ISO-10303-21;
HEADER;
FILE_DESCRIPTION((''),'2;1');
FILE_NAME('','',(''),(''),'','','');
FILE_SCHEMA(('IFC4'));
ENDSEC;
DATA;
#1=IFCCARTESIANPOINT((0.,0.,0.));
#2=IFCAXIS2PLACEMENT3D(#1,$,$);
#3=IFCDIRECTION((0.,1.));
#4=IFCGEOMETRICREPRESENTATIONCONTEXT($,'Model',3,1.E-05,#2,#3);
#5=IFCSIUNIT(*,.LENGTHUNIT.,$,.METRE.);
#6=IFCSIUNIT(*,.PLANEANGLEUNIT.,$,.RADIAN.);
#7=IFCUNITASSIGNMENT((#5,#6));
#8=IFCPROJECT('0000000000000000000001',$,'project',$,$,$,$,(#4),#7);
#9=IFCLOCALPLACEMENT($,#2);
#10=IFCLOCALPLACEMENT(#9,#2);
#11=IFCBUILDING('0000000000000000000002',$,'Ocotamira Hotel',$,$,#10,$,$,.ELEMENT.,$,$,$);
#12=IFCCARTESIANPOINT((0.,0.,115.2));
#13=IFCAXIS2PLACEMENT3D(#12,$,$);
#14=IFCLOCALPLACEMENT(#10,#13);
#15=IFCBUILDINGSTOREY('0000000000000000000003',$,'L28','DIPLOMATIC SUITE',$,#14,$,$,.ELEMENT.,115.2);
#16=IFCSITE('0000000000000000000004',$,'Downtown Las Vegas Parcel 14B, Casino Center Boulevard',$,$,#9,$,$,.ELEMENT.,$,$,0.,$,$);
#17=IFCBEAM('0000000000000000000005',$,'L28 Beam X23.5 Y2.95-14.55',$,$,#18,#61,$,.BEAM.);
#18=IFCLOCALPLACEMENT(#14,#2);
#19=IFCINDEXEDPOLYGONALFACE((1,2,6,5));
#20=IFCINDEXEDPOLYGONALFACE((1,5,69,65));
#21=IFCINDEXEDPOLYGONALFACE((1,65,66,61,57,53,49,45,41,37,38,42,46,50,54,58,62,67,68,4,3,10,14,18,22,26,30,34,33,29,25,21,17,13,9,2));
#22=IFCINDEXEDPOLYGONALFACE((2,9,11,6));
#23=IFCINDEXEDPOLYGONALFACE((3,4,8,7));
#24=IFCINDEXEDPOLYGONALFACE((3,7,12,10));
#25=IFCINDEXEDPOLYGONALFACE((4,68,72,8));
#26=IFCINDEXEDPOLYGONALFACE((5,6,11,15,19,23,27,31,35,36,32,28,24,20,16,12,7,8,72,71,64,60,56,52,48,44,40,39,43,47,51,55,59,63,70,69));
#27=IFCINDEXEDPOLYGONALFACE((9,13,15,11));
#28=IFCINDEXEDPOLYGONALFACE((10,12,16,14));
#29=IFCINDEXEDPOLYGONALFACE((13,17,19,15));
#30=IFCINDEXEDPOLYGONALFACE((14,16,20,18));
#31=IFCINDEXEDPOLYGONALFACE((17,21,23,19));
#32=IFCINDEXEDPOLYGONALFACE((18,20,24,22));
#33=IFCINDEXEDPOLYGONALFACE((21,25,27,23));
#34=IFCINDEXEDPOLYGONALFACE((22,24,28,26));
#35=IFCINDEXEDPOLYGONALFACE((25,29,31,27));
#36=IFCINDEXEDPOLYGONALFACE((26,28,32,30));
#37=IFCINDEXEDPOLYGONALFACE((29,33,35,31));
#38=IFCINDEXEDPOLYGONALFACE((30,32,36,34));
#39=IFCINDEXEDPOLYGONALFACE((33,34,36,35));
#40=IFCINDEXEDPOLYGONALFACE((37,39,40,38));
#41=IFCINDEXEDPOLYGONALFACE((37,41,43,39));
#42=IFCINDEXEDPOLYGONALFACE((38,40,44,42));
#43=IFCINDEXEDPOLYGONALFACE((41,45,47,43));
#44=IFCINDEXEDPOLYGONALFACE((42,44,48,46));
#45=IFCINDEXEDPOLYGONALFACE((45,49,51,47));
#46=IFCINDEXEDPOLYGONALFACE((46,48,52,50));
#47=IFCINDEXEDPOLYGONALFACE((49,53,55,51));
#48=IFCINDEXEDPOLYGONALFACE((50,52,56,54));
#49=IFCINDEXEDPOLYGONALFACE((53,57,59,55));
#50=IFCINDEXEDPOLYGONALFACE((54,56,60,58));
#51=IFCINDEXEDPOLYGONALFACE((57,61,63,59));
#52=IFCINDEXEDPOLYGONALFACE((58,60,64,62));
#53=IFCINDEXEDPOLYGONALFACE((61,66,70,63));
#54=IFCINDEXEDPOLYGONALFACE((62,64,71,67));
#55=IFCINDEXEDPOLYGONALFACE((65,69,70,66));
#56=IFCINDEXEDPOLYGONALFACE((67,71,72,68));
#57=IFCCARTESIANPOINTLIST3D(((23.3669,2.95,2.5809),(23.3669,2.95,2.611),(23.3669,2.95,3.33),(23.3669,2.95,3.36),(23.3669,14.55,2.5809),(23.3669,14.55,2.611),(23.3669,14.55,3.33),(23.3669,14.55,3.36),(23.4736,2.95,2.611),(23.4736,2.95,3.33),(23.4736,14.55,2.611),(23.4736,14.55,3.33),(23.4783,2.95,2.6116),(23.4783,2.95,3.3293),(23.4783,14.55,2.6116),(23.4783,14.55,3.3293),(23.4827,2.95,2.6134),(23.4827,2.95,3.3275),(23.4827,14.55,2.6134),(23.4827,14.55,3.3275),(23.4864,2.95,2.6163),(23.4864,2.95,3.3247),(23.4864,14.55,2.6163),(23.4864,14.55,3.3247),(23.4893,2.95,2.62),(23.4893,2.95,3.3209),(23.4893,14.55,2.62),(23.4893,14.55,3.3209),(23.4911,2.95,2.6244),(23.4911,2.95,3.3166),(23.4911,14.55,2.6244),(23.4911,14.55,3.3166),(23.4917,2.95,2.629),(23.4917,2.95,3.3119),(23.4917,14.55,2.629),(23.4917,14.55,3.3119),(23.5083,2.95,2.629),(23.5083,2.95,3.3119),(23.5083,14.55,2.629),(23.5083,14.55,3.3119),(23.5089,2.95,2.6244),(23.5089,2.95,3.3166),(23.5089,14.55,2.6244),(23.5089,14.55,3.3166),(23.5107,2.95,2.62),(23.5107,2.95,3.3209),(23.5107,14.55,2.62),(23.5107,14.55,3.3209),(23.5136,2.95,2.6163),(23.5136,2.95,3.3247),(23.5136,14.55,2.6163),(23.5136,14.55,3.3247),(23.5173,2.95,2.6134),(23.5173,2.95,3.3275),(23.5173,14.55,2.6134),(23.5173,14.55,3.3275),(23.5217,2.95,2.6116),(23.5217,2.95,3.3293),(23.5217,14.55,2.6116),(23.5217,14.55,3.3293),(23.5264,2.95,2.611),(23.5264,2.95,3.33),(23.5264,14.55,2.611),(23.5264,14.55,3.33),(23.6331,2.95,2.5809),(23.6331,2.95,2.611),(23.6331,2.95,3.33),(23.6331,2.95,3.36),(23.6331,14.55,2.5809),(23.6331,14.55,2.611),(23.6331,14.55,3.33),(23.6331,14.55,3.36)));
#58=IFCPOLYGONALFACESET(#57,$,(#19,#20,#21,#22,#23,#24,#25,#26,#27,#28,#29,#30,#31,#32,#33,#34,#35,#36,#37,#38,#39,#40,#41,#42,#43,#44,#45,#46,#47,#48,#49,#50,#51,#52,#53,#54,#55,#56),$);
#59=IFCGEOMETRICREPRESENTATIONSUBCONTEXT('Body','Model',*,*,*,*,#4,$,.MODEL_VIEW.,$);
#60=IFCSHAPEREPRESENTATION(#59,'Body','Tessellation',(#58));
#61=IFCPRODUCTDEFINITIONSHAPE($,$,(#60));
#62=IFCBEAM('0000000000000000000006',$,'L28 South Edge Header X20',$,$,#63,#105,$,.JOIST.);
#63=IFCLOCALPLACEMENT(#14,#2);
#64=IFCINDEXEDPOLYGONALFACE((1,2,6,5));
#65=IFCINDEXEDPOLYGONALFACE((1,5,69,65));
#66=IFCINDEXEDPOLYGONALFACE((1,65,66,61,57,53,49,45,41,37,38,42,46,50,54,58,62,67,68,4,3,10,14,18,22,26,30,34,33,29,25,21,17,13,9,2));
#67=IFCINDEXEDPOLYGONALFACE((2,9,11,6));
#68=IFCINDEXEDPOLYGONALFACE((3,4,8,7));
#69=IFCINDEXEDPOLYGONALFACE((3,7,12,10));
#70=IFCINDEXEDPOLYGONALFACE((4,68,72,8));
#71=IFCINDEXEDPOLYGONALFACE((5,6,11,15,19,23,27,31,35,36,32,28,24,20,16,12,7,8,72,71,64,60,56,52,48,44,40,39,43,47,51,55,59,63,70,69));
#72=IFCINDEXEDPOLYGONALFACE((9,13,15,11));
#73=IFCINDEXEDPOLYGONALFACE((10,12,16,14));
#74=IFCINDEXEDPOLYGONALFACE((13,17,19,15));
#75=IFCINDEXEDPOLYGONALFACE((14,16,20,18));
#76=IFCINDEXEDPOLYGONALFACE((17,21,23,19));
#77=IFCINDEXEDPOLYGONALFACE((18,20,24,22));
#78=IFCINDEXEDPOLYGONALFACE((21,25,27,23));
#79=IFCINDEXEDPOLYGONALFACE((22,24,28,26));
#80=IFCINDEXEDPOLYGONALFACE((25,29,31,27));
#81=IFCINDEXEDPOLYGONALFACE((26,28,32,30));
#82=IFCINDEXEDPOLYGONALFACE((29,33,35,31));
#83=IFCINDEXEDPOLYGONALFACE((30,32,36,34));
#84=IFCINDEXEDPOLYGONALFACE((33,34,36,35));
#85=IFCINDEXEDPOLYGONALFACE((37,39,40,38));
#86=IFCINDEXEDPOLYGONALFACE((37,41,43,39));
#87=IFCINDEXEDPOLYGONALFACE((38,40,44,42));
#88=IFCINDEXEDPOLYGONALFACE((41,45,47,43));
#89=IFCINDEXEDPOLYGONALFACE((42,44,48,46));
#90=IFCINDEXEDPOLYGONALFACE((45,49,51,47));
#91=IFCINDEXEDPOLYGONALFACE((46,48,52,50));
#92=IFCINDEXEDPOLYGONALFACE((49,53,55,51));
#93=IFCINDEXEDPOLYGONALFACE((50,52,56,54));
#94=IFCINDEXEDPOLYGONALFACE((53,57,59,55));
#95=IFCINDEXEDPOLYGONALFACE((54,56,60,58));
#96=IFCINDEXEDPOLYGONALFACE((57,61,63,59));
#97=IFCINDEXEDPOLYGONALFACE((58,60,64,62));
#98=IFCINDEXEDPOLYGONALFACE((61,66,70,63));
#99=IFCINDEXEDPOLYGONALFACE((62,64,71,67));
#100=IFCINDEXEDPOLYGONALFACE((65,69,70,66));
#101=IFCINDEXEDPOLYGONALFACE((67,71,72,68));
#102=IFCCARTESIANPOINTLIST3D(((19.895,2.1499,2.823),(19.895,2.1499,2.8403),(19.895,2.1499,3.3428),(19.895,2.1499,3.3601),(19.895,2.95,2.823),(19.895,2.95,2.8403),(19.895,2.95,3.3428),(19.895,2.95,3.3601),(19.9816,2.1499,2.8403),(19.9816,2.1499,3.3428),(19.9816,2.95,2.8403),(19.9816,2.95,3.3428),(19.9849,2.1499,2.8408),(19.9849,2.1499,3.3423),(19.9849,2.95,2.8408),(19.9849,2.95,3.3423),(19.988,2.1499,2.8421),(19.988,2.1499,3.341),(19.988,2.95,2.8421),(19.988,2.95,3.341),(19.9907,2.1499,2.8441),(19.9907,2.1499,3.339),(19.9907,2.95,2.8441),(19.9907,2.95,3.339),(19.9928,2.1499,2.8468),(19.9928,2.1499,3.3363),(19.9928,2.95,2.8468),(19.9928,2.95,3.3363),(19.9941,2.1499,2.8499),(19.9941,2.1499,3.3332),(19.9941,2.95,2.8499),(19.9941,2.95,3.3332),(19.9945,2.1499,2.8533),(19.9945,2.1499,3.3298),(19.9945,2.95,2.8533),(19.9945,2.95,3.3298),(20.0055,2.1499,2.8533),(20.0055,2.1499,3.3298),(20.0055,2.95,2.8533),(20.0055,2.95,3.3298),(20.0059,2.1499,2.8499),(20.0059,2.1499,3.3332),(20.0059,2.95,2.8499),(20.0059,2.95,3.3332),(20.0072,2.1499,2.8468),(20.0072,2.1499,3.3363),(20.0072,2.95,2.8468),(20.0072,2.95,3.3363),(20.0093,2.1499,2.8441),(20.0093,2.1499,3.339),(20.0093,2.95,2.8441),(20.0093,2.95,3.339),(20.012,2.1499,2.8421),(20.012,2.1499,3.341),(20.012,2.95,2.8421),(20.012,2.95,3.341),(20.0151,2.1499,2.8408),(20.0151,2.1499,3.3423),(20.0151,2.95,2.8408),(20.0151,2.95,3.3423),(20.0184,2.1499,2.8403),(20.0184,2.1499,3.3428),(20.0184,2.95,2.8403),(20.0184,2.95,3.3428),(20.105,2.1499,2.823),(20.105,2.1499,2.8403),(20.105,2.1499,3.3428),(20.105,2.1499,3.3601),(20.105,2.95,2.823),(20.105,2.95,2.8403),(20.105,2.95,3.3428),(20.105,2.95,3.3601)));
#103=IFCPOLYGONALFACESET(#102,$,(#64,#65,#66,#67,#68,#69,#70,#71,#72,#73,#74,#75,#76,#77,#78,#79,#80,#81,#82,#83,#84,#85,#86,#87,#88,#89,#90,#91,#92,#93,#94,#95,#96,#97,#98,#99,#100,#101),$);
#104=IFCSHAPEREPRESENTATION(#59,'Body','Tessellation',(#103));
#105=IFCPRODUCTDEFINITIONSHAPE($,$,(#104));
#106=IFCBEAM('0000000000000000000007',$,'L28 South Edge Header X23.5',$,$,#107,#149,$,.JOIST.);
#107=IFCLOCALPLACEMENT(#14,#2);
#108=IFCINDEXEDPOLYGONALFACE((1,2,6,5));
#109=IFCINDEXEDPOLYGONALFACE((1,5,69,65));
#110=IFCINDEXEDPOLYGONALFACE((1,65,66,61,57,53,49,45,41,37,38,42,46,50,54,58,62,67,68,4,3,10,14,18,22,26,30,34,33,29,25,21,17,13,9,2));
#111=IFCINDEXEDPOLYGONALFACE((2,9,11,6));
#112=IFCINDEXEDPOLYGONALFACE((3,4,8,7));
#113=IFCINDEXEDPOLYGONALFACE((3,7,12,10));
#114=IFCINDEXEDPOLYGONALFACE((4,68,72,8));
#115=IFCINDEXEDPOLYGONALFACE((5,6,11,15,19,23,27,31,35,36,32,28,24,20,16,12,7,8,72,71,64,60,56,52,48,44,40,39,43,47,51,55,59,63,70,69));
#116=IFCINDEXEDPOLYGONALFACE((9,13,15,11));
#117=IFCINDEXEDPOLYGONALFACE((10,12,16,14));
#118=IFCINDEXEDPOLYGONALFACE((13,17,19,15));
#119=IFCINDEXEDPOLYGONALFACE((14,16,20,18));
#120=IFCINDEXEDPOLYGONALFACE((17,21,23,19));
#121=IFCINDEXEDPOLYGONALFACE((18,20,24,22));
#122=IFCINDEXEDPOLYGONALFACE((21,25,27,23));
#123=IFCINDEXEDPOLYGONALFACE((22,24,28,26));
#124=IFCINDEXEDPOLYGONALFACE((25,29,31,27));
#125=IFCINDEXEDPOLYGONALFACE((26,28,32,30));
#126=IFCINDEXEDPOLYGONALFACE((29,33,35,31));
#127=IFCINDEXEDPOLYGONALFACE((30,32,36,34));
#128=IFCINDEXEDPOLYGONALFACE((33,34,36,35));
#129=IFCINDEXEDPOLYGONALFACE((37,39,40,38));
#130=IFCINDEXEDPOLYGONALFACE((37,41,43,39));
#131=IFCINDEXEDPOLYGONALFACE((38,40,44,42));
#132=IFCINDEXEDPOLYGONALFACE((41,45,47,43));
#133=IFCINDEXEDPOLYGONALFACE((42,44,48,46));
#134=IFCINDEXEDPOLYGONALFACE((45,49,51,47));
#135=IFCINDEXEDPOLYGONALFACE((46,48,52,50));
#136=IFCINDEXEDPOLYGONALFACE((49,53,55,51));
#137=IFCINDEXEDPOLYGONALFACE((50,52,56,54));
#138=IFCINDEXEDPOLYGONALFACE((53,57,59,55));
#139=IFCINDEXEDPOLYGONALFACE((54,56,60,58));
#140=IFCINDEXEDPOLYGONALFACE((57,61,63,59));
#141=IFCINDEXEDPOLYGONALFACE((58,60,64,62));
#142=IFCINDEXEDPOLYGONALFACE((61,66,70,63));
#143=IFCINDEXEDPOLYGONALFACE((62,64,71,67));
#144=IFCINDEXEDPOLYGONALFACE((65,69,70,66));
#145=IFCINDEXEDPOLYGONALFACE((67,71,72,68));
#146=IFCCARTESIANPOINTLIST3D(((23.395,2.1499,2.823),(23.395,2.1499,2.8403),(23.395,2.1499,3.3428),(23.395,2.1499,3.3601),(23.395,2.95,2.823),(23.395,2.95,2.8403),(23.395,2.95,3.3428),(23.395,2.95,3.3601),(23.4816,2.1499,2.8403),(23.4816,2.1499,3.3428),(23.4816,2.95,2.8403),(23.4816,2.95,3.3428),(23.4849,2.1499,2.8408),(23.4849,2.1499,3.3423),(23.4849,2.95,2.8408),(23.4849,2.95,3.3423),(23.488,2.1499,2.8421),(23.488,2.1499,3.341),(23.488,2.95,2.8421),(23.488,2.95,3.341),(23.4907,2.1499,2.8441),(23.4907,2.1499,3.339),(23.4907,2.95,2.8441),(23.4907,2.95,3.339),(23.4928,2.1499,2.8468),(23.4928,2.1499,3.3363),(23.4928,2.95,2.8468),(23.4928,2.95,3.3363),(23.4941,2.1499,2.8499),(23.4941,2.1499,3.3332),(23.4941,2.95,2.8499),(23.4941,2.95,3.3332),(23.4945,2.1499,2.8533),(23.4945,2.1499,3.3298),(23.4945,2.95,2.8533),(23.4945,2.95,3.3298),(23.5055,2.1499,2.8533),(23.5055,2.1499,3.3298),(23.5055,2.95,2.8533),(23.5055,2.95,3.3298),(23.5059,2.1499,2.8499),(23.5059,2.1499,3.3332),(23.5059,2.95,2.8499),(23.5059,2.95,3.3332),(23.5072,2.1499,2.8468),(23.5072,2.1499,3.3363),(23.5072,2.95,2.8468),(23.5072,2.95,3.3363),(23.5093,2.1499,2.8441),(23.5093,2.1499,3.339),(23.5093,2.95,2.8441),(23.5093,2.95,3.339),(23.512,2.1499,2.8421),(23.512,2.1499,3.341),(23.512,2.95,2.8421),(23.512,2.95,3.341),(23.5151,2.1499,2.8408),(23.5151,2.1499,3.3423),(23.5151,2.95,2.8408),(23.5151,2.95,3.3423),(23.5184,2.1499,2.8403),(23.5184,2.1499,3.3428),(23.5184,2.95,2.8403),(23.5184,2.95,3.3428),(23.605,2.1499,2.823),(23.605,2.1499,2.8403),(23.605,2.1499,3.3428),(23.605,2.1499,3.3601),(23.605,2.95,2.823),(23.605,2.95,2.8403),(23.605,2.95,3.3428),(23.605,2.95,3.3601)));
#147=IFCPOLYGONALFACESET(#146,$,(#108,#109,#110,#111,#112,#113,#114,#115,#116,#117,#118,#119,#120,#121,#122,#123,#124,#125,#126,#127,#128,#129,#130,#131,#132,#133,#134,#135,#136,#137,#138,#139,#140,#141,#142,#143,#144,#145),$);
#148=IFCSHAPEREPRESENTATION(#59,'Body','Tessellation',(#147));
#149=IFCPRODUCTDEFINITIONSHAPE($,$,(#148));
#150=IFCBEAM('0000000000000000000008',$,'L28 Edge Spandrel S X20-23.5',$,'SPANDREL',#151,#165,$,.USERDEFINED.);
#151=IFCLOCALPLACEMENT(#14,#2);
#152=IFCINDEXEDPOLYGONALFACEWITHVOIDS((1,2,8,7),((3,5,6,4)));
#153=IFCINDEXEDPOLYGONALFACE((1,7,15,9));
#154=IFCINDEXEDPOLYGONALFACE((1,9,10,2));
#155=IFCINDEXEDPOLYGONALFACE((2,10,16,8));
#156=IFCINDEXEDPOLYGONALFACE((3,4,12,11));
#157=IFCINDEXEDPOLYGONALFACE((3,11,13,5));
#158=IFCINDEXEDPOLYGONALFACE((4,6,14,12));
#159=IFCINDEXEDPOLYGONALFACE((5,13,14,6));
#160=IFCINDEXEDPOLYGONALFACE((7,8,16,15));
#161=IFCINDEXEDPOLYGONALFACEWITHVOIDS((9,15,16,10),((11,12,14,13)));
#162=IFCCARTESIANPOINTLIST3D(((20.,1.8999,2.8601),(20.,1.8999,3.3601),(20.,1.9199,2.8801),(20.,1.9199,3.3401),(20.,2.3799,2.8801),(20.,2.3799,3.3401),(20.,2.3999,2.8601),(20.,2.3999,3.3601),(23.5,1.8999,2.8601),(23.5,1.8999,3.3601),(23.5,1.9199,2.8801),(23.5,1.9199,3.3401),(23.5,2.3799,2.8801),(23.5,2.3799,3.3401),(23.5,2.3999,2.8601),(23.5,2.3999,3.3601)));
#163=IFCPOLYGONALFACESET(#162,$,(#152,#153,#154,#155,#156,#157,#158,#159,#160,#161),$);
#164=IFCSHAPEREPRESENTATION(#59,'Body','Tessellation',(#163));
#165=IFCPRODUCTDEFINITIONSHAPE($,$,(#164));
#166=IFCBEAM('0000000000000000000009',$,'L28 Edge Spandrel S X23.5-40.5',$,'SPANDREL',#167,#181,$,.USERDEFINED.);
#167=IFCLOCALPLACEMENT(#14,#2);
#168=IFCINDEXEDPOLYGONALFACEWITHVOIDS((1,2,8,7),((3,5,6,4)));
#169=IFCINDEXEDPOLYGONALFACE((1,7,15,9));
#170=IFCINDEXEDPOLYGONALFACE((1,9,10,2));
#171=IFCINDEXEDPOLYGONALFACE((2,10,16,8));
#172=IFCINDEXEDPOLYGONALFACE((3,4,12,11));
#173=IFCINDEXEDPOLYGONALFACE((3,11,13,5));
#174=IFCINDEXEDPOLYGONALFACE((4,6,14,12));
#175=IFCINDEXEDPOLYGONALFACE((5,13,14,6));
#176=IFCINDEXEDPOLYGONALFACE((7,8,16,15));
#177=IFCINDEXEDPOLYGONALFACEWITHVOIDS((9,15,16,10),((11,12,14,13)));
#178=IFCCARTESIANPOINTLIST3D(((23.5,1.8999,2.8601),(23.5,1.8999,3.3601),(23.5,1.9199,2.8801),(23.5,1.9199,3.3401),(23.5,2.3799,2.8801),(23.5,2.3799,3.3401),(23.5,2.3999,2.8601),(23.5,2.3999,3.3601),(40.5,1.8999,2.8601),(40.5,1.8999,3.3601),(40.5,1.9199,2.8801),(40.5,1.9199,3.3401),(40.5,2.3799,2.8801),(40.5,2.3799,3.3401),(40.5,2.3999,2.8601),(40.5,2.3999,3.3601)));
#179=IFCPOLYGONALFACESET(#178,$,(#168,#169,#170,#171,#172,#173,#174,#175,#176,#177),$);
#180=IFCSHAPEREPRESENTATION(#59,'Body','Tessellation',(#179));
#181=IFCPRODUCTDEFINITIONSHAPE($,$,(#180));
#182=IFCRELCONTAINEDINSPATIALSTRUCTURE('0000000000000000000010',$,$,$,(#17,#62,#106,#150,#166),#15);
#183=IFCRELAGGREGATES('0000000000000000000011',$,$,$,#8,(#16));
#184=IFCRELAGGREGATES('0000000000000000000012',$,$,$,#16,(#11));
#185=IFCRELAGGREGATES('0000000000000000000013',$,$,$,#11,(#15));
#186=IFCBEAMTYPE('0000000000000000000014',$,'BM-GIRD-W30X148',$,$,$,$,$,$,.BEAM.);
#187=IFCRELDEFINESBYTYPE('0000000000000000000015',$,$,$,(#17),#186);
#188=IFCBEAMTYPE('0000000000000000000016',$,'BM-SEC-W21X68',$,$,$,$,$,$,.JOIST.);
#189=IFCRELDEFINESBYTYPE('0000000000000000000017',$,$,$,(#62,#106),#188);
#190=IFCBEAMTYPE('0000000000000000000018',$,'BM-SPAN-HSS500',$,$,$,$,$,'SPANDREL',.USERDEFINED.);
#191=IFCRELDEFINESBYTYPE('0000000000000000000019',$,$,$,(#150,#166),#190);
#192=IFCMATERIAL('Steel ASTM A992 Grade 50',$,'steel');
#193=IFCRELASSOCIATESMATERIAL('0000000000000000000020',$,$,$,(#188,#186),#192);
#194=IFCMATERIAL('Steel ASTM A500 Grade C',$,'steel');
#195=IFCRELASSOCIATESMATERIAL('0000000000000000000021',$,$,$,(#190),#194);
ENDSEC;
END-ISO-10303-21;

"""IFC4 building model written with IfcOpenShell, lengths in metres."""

from ifc_helpers import new_model, si_unit, direction, frame, origin, origin_2d, place, context, subcontext, project, spatial, hollow_rectangle, i_section, extrude, source, transform, mapped, material, material_profile, profile_set, type_object, element, save


model = new_model("IFC4")

# Units and contexts
model_context = context("Model", 3, precision=1e-05, world=origin(), true_north=direction((0.0, 1.0)))
body_context = subcontext(model_context, "Body", "Model", "MODEL_VIEW")
ifc_project = project(units=[si_unit("LENGTHUNIT", "METRE"), si_unit("PLANEANGLEUNIT", "RADIAN")], contexts=[model_context])

# Site, building, storey
site_placement = place(None, origin())
site = spatial("IfcSite", under=ifc_project, at=site_placement, Name="Downtown Las Vegas Parcel 14B, Casino Center Boulevard", CompositionType="ELEMENT", RefElevation=0.0)
building_placement = place(site_placement, origin())
building = spatial("IfcBuilding", under=site, at=building_placement, Name="Ocotamira Hotel", CompositionType="ELEMENT")
storey_placement = place(building_placement, frame((0.0, 0.0, 115.2)))
storey = spatial("IfcBuildingStorey", under=building, at=storey_placement, Name="L28", Description="DIPLOMATIC SUITE", CompositionType="ELEMENT", Elevation=115.2)

# Beams
ifc_material_1 = material(Name="Steel ASTM A992 Grade 50", Category="steel")
ifc_material_profile_1 = material_profile(ifc_material_1, i_section(OverallWidth=0.21, OverallDepth=0.5371, WebThickness=0.011, FlangeThickness=0.0173, FilletRadius=0.0129, at=origin_2d()), Name="W21X68")
ifc_profile_set_1 = profile_set([ifc_material_profile_1], Name="Steel ASTM A992 Grade 50")
beam_type_1 = type_object("IfcBeamType", Name="BM-SEC-W21X68", PredefinedType="JOIST", material=ifc_profile_set_1)
ifc_material_profile_2 = material_profile(ifc_material_1, i_section(OverallWidth=0.2661, OverallDepth=0.7791, WebThickness=0.0166, FlangeThickness=0.03, FilletRadius=0.0181, at=origin_2d()), Name="W30X148")
ifc_profile_set_2 = profile_set([ifc_material_profile_2], Name="Steel ASTM A992 Grade 50")
beam_type_2 = type_object("IfcBeamType", Name="BM-GIRD-W30X148", PredefinedType="BEAM", material=ifc_profile_set_2)
shared_shape_1 = source(origin(), body_context, "Body", "SweptSolid", [
    extrude(i_section(OverallWidth=0.2661, OverallDepth=0.7791, WebThickness=0.0166, FlangeThickness=0.03, FilletRadius=0.0181, at=origin_2d()), origin(), (0.0, 0.0, 1.0), 11.6001),
])
beam_1_placement = place(storey_placement, frame((23.5, 2.95, 2.9705), z_axis=(0.0, 1.0, 0.0), x_axis=(-1.0, 0.0, 0.0)))
element("IfcBeam", 1, at=beam_1_placement, inside=storey, type_object=beam_type_2, Name="L28 Beam X23.5 Y2.95-14.55", PredefinedType="BEAM", context=body_context, shape_type="MappedRepresentation", body=[
    mapped(shared_shape_1, transform((0.0, 0.0, 0.0), scale=1.0)),
])
shared_shape_2 = source(origin(), body_context, "Body", "SweptSolid", [
    extrude(i_section(OverallWidth=0.21, OverallDepth=0.5371, WebThickness=0.011, FlangeThickness=0.0173, FilletRadius=0.0129, at=origin_2d()), origin(), (0.0, 0.0, 1.0), 0.8),
])
for number, where, z_axis, x_axis, name in (
    (2, (20.0, 2.95, 3.0916), (0.0, -1.0, 0.0), (1.0, 0.0, 0.0), "L28 South Edge Header X20"),
    (3, (23.5, 2.95, 3.0916), (0.0, -1.0, 0.0), (1.0, 0.0, 0.0), "L28 South Edge Header X23.5"),
):
    element("IfcBeam", number, at=place(storey_placement, frame(where, z_axis=z_axis, x_axis=x_axis)), inside=storey, type_object=beam_type_1, Name=name, PredefinedType="JOIST", context=body_context, shape_type="MappedRepresentation", body=[
        mapped(shared_shape_2, transform((0.0, 0.0, 0.0), scale=1.0)),
    ])
ifc_material_2 = material(Name="Steel ASTM A500 Grade C", Category="steel")
ifc_material_profile_3 = material_profile(ifc_material_2, hollow_rectangle(XDim=0.5, YDim=0.5, WallThickness=0.02, at=origin_2d()), Name="HSS500X500X20")
ifc_profile_set_3 = profile_set([ifc_material_profile_3], Name="Steel ASTM A500 Grade C")
beam_type_3 = type_object("IfcBeamType", Name="BM-SPAN-HSS500", ElementType="SPANDREL", PredefinedType="USERDEFINED", material=ifc_profile_set_3)
shared_shape_3 = source(origin(), body_context, "Body", "SweptSolid", [
    extrude(hollow_rectangle(XDim=0.5, YDim=0.5, WallThickness=0.02, at=origin_2d()), origin(), (0.0, 0.0, 1.0), 3.5),
])
beam_2_placement = place(storey_placement, frame((20.0, 2.1499, 3.1101), z_axis=(1.0, 0.0, 0.0), x_axis=(0.0, 1.0, 0.0)))
element("IfcBeam", 4, at=beam_2_placement, inside=storey, type_object=beam_type_3, Name="L28 Edge Spandrel S X20-23.5", ObjectType="SPANDREL", PredefinedType="USERDEFINED", context=body_context, shape_type="MappedRepresentation", body=[
    mapped(shared_shape_3, transform((0.0, 0.0, 0.0), scale=1.0)),
])
shared_shape_4 = source(origin(), body_context, "Body", "SweptSolid", [
    extrude(hollow_rectangle(XDim=0.5, YDim=0.5, WallThickness=0.02, at=origin_2d()), origin(), (0.0, 0.0, 1.0), 17.0),
])
beam_3_placement = place(storey_placement, frame((23.5, 2.1499, 3.1101), z_axis=(1.0, 0.0, 0.0), x_axis=(0.0, 1.0, 0.0)))
element("IfcBeam", 5, at=beam_3_placement, inside=storey, type_object=beam_type_3, Name="L28 Edge Spandrel S X23.5-40.5", ObjectType="SPANDREL", PredefinedType="USERDEFINED", context=body_context, shape_type="MappedRepresentation", body=[
    mapped(shared_shape_4, transform((0.0, 0.0, 0.0), scale=1.0)),
])

save(model, "model.ifc")
